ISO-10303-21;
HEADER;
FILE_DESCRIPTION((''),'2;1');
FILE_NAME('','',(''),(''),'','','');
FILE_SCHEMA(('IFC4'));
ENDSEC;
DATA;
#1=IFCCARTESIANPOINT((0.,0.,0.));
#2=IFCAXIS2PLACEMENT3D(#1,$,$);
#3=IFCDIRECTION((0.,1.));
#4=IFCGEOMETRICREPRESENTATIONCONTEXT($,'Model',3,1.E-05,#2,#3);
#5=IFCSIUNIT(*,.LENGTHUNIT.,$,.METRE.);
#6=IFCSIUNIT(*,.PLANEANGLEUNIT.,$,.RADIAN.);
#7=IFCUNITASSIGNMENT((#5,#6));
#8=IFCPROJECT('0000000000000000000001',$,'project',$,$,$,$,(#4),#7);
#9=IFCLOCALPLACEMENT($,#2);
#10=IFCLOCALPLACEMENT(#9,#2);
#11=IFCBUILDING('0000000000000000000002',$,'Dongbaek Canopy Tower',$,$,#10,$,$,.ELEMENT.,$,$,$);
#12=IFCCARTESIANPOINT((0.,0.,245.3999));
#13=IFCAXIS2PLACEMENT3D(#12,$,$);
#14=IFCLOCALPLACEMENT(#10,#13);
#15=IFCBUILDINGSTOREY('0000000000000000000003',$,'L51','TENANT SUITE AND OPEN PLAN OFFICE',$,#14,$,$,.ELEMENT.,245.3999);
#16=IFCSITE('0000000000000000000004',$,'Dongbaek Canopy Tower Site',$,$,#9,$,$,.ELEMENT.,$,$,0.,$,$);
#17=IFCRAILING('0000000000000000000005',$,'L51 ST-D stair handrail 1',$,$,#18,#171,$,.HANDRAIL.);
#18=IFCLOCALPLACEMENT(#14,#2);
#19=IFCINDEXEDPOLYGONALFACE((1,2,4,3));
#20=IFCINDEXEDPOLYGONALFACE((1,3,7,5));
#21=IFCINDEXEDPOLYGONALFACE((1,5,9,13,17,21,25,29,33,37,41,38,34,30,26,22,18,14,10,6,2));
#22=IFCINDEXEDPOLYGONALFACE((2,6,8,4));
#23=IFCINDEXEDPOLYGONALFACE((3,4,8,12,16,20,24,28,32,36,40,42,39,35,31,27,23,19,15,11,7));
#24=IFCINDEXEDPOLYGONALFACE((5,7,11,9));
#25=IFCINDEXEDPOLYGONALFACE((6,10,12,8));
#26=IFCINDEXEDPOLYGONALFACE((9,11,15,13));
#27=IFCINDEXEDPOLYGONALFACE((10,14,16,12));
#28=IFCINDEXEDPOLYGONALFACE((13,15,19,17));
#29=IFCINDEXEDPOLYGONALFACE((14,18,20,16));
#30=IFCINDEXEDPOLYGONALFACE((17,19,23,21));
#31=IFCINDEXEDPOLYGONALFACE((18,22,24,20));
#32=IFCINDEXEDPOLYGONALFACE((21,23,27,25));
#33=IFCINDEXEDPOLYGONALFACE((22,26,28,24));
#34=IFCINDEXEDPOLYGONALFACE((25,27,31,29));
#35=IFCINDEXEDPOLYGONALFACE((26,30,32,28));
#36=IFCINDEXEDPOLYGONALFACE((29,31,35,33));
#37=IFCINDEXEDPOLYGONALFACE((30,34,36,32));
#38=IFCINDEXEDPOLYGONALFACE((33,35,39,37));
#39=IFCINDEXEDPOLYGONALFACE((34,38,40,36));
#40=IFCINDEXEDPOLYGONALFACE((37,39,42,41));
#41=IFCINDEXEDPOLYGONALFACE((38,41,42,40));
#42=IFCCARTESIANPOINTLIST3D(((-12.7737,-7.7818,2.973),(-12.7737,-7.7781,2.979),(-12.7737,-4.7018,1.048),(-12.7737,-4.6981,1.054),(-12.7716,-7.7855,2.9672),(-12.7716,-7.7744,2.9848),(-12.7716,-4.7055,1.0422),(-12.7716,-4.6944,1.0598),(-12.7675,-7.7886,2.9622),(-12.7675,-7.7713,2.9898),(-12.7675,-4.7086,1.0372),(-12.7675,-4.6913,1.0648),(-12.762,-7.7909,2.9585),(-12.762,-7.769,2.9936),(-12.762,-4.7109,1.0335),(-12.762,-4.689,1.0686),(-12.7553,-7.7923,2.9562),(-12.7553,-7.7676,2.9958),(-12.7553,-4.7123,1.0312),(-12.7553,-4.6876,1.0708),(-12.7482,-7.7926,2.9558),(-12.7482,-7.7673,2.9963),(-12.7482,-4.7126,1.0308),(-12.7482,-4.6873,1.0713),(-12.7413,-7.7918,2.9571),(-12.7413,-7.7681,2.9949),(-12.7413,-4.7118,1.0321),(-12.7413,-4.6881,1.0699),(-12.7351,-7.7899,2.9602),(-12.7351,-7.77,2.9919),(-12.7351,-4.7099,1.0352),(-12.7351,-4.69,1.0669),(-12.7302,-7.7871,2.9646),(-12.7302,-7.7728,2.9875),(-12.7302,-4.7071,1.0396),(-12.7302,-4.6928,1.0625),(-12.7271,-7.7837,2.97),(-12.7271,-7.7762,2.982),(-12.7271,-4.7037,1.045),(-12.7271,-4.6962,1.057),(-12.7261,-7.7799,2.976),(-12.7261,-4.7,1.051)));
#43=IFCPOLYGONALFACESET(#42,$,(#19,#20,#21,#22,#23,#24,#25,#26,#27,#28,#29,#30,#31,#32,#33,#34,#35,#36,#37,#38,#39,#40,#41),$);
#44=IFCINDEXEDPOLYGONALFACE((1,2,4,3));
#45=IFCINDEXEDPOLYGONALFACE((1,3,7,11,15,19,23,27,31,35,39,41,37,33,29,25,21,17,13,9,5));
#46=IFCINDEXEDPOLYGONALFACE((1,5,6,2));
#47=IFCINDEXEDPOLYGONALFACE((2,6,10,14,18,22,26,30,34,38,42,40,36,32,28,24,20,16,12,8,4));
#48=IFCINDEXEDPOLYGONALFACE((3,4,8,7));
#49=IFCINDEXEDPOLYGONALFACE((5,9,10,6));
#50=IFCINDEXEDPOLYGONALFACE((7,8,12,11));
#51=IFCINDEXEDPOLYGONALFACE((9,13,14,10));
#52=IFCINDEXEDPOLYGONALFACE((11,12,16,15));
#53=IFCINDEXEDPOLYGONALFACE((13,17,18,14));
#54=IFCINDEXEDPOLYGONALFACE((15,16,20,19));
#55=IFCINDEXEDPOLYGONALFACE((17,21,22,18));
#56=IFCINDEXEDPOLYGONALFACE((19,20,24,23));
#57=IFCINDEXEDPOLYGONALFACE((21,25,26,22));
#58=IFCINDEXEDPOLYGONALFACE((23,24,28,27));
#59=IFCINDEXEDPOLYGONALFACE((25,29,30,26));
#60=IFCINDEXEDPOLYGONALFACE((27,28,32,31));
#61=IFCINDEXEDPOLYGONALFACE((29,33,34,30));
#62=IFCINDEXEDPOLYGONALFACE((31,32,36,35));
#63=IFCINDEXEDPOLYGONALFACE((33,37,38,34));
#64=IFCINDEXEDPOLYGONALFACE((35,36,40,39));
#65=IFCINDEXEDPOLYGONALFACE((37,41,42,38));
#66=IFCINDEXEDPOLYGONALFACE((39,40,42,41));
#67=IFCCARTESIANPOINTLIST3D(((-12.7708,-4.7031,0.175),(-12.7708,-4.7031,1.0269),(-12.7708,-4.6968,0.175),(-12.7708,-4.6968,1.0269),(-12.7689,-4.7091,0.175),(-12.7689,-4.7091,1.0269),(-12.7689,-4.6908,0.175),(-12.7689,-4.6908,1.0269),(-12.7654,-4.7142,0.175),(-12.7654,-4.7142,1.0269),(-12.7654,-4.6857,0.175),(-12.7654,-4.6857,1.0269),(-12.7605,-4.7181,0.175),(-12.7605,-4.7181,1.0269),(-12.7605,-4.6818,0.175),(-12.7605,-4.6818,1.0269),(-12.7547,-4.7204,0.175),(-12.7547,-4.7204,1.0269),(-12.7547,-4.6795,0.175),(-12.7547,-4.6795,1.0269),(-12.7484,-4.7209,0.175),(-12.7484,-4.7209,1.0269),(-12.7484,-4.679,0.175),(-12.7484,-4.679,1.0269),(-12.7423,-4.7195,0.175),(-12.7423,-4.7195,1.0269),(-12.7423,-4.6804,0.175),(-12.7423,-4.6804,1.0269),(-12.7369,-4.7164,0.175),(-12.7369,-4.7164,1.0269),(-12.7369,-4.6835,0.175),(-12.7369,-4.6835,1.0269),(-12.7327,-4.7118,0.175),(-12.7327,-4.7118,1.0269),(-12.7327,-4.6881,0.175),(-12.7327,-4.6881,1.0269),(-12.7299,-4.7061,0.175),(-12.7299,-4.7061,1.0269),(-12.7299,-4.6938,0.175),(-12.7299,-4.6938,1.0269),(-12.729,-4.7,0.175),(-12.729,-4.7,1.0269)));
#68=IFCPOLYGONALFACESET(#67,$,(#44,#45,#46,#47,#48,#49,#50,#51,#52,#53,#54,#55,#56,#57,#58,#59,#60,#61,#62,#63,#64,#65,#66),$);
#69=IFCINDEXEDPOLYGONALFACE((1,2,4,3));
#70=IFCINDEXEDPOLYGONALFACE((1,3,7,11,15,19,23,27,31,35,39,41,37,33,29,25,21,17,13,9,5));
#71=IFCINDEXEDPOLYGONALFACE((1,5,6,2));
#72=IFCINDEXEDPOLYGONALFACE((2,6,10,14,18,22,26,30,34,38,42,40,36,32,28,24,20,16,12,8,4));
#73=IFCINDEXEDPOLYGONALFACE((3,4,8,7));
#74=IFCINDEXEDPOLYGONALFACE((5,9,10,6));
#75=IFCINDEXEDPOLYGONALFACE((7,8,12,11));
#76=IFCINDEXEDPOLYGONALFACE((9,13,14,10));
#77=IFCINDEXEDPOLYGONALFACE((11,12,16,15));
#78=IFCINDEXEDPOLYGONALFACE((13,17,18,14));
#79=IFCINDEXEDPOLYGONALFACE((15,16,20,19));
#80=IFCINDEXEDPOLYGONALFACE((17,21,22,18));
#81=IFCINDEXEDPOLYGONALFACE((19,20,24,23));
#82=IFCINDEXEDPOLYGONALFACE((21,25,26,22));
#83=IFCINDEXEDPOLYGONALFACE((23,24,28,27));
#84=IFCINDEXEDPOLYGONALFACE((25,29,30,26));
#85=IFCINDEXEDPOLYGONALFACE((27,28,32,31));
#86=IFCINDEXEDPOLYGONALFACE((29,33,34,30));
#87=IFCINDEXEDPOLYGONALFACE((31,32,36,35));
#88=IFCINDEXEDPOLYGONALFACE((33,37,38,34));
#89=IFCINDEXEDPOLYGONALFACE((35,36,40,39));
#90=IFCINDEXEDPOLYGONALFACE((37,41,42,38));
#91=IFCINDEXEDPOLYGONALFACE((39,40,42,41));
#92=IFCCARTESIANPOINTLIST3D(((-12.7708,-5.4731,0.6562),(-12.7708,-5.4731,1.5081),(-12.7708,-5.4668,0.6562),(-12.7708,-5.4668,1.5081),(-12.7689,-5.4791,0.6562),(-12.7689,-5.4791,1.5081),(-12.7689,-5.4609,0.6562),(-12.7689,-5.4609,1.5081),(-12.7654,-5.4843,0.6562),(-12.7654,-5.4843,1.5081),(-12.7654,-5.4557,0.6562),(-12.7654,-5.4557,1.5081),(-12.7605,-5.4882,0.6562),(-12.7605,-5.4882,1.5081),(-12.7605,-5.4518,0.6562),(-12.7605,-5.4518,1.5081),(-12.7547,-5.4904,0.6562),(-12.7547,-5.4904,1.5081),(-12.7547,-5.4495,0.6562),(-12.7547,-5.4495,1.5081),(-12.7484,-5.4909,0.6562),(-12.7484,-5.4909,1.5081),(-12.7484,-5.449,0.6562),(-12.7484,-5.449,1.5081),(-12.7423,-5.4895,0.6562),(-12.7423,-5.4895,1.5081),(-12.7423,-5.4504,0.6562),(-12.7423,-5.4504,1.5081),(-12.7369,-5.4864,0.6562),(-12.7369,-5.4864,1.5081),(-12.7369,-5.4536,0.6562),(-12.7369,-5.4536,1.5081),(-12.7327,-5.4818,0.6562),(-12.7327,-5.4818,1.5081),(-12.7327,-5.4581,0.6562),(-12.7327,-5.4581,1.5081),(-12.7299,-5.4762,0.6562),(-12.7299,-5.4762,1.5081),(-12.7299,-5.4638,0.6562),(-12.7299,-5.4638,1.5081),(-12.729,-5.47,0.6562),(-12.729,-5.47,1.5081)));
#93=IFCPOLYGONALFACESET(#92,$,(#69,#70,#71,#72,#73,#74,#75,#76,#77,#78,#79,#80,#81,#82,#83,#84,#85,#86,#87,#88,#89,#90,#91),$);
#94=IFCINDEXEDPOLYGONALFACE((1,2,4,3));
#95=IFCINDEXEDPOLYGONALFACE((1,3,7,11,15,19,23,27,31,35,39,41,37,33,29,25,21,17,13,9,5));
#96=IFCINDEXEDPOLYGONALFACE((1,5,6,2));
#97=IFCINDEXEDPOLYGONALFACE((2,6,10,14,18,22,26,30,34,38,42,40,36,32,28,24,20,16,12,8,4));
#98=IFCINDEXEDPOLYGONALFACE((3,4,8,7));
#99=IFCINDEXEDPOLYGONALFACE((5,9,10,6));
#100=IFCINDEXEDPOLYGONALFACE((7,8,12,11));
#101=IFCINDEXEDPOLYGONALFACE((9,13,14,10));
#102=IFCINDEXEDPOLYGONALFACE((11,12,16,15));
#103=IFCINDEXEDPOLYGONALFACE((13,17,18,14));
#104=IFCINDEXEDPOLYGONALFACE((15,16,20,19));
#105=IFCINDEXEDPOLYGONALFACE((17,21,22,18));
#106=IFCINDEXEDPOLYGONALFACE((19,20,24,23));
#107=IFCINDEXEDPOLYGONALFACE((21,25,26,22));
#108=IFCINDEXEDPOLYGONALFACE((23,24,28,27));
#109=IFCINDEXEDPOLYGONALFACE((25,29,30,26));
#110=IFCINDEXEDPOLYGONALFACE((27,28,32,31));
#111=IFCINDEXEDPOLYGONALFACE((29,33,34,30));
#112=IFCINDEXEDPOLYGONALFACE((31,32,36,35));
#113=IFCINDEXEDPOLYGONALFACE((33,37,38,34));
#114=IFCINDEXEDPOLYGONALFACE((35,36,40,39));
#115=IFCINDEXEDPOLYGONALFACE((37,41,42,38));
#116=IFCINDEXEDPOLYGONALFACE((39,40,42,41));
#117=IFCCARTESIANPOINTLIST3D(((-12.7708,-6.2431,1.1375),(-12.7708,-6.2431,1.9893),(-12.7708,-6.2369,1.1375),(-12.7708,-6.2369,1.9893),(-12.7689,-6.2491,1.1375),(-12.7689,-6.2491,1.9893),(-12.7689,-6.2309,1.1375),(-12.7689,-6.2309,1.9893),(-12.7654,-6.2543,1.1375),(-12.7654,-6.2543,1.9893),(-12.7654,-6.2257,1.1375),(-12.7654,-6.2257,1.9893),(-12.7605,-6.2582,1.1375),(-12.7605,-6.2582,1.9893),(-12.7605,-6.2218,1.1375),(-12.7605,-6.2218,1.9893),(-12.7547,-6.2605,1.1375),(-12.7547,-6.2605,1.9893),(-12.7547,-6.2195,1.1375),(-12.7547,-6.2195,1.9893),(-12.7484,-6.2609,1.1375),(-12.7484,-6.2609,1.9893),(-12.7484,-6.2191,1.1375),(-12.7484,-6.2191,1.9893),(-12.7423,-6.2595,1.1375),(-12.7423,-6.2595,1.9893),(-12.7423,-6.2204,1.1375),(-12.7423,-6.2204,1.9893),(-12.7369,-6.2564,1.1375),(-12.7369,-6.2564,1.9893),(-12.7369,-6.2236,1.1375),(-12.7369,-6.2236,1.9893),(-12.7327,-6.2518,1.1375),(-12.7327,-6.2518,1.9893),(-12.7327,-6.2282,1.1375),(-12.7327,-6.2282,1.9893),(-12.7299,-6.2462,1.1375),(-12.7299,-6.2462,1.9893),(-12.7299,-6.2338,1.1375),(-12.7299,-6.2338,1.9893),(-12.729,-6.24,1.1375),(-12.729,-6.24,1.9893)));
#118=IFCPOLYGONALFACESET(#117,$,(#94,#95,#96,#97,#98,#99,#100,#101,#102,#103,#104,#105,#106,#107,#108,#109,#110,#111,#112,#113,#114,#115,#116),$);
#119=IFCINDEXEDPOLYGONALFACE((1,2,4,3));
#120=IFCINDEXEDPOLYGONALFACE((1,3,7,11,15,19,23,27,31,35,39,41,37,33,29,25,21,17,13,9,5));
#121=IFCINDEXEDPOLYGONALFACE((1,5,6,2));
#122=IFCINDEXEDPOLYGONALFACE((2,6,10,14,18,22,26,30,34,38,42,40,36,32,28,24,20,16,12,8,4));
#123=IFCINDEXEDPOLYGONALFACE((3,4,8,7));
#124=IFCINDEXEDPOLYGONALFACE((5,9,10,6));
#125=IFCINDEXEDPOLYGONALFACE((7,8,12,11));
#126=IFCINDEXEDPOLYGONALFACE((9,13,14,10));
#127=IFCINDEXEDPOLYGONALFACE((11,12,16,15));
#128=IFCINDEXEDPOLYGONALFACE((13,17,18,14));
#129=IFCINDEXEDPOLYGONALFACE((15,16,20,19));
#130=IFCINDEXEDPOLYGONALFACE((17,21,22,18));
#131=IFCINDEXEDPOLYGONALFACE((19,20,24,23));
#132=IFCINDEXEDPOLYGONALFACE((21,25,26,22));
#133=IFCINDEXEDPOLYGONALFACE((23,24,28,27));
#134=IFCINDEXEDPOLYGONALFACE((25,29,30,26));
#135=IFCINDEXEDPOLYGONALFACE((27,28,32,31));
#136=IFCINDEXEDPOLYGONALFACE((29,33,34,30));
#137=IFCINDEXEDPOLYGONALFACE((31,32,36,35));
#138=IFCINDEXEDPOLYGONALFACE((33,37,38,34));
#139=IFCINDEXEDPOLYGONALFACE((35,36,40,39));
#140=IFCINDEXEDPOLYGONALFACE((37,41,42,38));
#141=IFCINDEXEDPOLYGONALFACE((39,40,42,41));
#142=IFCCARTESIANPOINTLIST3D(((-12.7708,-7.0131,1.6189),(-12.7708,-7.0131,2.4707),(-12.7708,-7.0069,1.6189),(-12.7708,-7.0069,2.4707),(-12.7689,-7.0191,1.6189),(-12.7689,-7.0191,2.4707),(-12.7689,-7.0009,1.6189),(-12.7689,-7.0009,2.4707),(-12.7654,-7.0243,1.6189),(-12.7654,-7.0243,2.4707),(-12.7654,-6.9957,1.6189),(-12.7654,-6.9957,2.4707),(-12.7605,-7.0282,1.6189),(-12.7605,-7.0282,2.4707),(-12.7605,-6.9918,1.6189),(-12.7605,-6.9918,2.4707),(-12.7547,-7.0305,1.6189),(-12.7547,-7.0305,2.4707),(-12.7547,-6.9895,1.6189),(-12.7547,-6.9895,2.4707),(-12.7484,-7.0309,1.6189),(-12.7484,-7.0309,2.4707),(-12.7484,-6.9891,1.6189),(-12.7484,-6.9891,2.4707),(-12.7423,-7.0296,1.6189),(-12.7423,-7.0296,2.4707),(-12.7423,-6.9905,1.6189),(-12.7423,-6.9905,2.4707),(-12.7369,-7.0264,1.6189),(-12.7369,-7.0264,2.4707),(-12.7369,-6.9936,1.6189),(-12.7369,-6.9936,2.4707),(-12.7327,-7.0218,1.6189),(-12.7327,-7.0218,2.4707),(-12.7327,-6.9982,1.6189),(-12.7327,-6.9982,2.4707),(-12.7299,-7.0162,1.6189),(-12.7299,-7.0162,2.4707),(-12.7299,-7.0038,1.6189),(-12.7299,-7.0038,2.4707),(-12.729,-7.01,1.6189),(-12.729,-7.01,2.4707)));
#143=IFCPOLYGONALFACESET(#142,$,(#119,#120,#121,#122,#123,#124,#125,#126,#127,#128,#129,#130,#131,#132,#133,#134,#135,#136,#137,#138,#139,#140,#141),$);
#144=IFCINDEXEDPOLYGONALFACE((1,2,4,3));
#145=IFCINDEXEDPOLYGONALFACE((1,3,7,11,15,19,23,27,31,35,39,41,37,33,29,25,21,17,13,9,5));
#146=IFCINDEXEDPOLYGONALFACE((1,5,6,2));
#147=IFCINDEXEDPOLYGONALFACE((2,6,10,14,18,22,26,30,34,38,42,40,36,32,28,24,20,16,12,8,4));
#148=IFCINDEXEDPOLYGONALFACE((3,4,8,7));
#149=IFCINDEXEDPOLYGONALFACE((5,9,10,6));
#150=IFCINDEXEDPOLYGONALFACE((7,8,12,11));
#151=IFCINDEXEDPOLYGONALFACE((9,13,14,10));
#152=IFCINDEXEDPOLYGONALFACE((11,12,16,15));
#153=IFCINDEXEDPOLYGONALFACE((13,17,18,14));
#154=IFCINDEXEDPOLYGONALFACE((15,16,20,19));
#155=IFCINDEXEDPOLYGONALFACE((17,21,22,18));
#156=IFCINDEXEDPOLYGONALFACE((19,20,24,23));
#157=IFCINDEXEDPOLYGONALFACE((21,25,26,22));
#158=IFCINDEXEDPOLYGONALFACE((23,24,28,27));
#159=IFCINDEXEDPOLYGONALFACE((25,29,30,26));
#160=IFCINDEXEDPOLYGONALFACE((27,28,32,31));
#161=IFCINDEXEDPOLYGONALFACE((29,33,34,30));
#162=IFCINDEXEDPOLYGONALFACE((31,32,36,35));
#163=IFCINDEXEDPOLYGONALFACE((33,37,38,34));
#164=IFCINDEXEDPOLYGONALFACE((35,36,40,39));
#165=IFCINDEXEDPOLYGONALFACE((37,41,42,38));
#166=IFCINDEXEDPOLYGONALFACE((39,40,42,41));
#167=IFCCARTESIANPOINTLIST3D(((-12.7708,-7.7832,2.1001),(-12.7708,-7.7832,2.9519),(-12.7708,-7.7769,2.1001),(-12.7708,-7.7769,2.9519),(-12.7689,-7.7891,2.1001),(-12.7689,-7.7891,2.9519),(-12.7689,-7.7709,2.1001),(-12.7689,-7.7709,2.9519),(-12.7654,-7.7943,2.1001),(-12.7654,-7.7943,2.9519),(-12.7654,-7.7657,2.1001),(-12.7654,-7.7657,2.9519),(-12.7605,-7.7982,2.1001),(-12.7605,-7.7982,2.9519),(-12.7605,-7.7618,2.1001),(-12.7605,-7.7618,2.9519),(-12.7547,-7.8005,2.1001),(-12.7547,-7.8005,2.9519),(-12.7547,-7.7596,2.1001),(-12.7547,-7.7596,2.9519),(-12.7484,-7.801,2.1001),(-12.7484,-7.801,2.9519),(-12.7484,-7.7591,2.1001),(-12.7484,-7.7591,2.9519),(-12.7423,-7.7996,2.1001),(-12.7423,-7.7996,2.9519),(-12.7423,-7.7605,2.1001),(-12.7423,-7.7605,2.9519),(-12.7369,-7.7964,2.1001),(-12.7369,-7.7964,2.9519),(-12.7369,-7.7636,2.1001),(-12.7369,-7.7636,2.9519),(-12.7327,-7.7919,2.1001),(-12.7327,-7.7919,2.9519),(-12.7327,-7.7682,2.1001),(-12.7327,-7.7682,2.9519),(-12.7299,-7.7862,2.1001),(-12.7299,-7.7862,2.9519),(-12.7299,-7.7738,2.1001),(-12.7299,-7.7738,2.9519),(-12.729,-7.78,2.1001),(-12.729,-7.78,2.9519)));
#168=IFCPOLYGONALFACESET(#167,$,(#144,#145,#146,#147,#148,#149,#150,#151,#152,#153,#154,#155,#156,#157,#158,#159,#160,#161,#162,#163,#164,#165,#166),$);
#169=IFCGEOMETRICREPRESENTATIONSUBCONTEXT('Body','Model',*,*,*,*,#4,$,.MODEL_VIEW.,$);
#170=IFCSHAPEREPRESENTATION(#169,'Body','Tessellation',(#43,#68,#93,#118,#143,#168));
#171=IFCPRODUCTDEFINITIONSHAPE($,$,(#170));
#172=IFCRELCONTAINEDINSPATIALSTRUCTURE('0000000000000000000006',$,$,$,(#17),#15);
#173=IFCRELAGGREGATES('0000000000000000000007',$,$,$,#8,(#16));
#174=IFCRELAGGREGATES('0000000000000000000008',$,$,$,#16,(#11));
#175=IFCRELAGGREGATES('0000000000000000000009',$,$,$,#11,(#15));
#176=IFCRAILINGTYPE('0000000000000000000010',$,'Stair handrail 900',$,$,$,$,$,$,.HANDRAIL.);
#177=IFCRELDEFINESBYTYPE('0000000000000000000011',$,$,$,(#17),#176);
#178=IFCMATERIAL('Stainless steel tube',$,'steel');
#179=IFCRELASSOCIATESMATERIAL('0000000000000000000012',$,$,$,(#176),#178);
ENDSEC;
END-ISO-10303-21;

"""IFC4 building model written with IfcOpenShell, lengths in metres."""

from ifc_helpers import new_model, si_unit, direction, frame, origin, origin_2d, place, context, subcontext, project, spatial, circle, extrude, material, type_object, element, save


model = new_model("IFC4")

# Units and contexts
model_context = context("Model", 3, precision=1e-05, world=origin(), true_north=direction((0.0, 1.0)))
body_context = subcontext(model_context, "Body", "Model", "MODEL_VIEW")
ifc_project = project(units=[si_unit("LENGTHUNIT", "METRE"), si_unit("PLANEANGLEUNIT", "RADIAN")], contexts=[model_context])

# Site, building, storey
site_placement = place(None, origin())
site = spatial("IfcSite", under=ifc_project, at=site_placement, Name="Dongbaek Canopy Tower Site", CompositionType="ELEMENT", RefElevation=0.0)
building_placement = place(site_placement, origin())
building = spatial("IfcBuilding", under=site, at=building_placement, Name="Dongbaek Canopy Tower", CompositionType="ELEMENT")
storey_placement = place(building_placement, frame((0.0, 0.0, 245.3999)))
storey = spatial("IfcBuildingStorey", under=building, at=storey_placement, Name="L51", Description="TENANT SUITE AND OPEN PLAN OFFICE", CompositionType="ELEMENT", Elevation=245.3999)

# Railing
ifc_material_1 = material(Name="Stainless steel tube", Category="steel")
railing_type_1 = type_object("IfcRailingType", Name="Stair handrail 900", PredefinedType="HANDRAIL", material=ifc_material_1)
railing_1_placement = place(storey_placement, frame((-12.75, -4.7, 0.175)))
element("IfcRailing", 1, at=railing_1_placement, inside=storey, type_object=railing_type_1, Name="L51 ST-D stair handrail 1", PredefinedType="HANDRAIL", context=body_context, shape_type="SweptSolid", body=[
    extrude(circle(Radius=0.0239, at=origin_2d()), frame((0.0, 0.0, 0.876), z_axis=(0.0, -0.847998, 0.529999), x_axis=(1.0, 0.0, 0.0)), (0.0, 0.0, 1.0), 3.6321),
    extrude(circle(Radius=0.021, at=origin_2d()), origin(), (0.0, 0.0, 1.0), 0.8518),
    extrude(circle(Radius=0.021, at=origin_2d()), frame((0.0, -0.77, 0.4812)), (0.0, 0.0, 1.0), 0.8518),
    extrude(circle(Radius=0.021, at=origin_2d()), frame((0.0, -1.54, 0.9624)), (0.0, 0.0, 1.0), 0.8518),
    extrude(circle(Radius=0.021, at=origin_2d()), frame((0.0, -2.3101, 1.4438)), (0.0, 0.0, 1.0), 0.8518),
    extrude(circle(Radius=0.021, at=origin_2d()), frame((0.0, -3.0801, 1.925)), (0.0, 0.0, 1.0), 0.8518),
])

save(model, "model.ifc")
